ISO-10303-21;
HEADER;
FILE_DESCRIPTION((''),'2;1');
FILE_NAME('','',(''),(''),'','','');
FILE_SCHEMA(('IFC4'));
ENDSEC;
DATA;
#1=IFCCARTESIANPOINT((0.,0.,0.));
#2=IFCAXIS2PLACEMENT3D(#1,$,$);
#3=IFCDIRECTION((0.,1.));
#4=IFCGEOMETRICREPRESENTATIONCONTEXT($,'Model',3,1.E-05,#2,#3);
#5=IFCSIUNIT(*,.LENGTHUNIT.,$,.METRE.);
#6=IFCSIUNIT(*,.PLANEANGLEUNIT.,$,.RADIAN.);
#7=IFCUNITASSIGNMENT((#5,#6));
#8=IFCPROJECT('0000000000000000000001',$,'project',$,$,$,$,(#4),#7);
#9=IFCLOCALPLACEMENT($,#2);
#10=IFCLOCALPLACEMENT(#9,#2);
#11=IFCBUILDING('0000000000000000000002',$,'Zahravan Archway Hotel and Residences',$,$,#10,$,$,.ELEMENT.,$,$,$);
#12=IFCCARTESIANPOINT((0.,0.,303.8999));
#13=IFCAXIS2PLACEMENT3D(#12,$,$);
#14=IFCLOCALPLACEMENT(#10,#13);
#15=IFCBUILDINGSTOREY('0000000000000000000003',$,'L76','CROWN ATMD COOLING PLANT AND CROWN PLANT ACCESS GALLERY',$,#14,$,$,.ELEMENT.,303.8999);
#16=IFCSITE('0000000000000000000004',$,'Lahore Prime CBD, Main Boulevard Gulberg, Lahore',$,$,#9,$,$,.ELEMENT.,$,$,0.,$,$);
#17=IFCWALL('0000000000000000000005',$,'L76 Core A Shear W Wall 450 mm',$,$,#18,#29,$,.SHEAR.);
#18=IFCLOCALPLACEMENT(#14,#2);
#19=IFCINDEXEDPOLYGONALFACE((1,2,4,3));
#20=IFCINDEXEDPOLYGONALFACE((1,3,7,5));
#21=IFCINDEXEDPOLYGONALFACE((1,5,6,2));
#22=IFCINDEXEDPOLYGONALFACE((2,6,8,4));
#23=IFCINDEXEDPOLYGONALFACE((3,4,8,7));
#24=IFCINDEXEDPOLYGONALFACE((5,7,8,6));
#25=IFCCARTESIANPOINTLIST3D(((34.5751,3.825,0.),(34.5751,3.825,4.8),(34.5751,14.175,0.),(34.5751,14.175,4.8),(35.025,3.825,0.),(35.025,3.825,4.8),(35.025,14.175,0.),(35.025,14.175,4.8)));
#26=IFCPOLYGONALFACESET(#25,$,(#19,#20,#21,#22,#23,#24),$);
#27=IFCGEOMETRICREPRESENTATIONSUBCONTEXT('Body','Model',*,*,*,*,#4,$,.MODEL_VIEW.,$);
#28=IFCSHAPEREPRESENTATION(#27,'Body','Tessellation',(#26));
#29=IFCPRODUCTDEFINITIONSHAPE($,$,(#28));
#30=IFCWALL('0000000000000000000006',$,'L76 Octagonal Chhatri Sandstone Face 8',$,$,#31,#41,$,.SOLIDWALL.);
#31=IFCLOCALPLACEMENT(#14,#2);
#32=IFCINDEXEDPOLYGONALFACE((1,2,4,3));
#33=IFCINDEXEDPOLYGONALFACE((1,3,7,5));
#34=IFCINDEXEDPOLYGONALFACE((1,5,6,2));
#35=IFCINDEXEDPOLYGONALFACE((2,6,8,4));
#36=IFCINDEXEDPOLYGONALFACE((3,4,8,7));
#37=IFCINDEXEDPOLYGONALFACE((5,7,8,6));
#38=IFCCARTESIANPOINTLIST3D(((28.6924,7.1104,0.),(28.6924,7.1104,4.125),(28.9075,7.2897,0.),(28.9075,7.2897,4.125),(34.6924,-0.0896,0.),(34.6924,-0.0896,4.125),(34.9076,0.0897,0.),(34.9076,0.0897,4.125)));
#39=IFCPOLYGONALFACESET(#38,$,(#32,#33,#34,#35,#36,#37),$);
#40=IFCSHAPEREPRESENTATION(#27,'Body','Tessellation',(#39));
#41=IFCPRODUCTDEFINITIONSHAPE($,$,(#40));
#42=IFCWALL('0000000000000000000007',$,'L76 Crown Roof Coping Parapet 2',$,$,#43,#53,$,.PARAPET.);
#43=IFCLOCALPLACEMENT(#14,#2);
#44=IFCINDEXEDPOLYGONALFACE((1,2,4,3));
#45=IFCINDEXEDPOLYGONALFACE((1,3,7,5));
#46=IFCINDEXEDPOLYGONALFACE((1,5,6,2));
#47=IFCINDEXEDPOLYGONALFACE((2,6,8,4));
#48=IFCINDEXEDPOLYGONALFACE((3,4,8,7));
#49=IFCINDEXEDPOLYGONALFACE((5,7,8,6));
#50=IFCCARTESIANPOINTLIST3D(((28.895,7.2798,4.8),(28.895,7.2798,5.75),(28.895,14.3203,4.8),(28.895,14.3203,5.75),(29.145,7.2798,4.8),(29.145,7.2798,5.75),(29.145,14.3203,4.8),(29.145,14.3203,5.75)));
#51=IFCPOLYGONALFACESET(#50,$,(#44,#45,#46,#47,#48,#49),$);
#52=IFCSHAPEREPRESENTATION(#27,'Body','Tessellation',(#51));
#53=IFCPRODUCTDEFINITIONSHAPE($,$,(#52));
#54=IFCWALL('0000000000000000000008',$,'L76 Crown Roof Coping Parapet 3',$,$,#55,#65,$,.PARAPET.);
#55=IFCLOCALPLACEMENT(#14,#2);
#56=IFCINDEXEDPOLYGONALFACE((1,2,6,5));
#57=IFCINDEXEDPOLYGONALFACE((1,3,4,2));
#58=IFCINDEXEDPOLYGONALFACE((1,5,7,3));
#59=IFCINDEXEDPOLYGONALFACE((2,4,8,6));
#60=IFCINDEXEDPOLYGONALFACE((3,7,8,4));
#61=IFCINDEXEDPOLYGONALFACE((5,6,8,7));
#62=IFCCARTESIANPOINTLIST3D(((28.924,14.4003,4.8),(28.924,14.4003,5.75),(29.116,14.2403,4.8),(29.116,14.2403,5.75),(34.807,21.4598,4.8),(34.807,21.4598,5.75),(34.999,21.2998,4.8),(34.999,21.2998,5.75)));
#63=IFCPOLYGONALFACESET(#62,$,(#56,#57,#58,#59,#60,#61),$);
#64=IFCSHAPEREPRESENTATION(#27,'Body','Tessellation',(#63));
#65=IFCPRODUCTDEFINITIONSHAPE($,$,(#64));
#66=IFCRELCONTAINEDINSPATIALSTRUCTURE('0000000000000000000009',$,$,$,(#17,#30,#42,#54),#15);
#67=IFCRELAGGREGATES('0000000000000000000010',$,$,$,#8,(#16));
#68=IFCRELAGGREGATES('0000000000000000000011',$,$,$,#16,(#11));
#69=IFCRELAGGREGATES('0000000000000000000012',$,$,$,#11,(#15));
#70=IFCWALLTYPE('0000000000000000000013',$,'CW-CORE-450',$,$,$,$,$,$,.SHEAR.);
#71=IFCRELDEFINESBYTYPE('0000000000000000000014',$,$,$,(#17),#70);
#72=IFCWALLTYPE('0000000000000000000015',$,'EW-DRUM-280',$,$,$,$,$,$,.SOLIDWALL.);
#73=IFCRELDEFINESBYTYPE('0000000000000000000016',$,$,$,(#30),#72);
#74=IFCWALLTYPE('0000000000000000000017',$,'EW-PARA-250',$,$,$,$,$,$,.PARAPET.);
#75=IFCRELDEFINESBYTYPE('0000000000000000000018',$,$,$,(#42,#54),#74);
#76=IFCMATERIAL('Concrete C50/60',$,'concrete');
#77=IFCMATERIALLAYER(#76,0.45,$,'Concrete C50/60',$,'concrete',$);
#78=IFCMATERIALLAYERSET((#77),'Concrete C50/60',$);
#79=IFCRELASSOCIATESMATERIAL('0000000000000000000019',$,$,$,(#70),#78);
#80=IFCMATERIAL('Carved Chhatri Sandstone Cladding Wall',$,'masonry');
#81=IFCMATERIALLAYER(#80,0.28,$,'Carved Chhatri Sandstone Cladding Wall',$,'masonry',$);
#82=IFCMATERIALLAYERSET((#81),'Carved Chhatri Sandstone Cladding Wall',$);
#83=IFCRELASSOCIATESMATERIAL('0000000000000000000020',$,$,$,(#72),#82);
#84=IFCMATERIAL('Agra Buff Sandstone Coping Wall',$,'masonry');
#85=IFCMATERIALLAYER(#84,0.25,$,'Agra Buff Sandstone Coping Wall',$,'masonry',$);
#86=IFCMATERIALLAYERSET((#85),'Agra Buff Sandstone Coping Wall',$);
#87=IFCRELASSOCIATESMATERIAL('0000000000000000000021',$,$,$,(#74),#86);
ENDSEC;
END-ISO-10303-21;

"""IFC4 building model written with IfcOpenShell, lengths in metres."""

from ifc_helpers import new_model, si_unit, direction, frame, frame_2d, origin, place, context, subcontext, project, spatial, rectangle, extrude, material, layer, layer_set, type_object, element, save


model = new_model("IFC4")

# Units and contexts
model_context = context("Model", 3, precision=1e-05, world=origin(), true_north=direction((0.0, 1.0)))
body_context = subcontext(model_context, "Body", "Model", "MODEL_VIEW")
ifc_project = project(units=[si_unit("LENGTHUNIT", "METRE"), si_unit("PLANEANGLEUNIT", "RADIAN")], contexts=[model_context])

# Site, building, storey
site_placement = place(None, origin())
site = spatial("IfcSite", under=ifc_project, at=site_placement, Name="Lahore Prime CBD, Main Boulevard Gulberg, Lahore", CompositionType="ELEMENT", RefElevation=0.0)
building_placement = place(site_placement, origin())
building = spatial("IfcBuilding", under=site, at=building_placement, Name="Zahravan Archway Hotel and Residences", CompositionType="ELEMENT")
storey_placement = place(building_placement, frame((0.0, 0.0, 303.8999)))
storey = spatial("IfcBuildingStorey", under=building, at=storey_placement, Name="L76", Description="CROWN ATMD COOLING PLANT AND CROWN PLANT ACCESS GALLERY", CompositionType="ELEMENT", Elevation=303.8999)

# Shared definitions
ifc_material_1 = material(Name="Concrete C50/60", Category="concrete")
ifc_layer_1 = layer(ifc_material_1, 0.45, Name="Concrete C50/60", Category="concrete")
ifc_layer_set_1 = layer_set([ifc_layer_1], Name="Concrete C50/60")
wall_type_1 = type_object("IfcWallType", Name="CW-CORE-450", PredefinedType="SHEAR", material=ifc_layer_set_1)

# Walls
wall_1_placement = place(storey_placement, frame((34.8, 3.825, 0.0), z_axis=(0.0, 0.0, 1.0), x_axis=(0.0, 1.0, 0.0)))
element("IfcWall", 1, at=wall_1_placement, inside=storey, type_object=wall_type_1, Name="L76 Core A Shear W Wall 450 mm", PredefinedType="SHEAR", context=body_context, shape_type="SweptSolid", body=[
    extrude(rectangle(XDim=10.3501, YDim=0.45, at=frame_2d((5.175, 0.0))), origin(), (0.0, 0.0, 1.0), 4.8),
])
ifc_material_2 = material(Name="Carved Chhatri Sandstone Cladding Wall", Category="masonry")
ifc_layer_2 = layer(ifc_material_2, 0.28, Name="Carved Chhatri Sandstone Cladding Wall", Category="masonry")
ifc_layer_set_2 = layer_set([ifc_layer_2], Name="Carved Chhatri Sandstone Cladding Wall")
wall_type_2 = type_object("IfcWallType", Name="EW-DRUM-280", PredefinedType="SOLIDWALL", material=ifc_layer_set_2)
wall_2_placement = place(storey_placement, frame((28.8, 7.2, 0.0), z_axis=(0.0, 0.0, 1.0), x_axis=(0.640187, -0.768219, 0.0)))
element("IfcWall", 2, at=wall_2_placement, inside=storey, type_object=wall_type_2, Name="L76 Octagonal Chhatri Sandstone Face 8", PredefinedType="SOLIDWALL", context=body_context, shape_type="SweptSolid", body=[
    extrude(rectangle(XDim=9.3723, YDim=0.28, at=frame_2d((4.686, 0.0))), origin(), (0.0, 0.0, 1.0), 4.125),
])
ifc_material_3 = material(Name="Agra Buff Sandstone Coping Wall", Category="masonry")
ifc_layer_3 = layer(ifc_material_3, 0.25, Name="Agra Buff Sandstone Coping Wall", Category="masonry")
ifc_layer_set_3 = layer_set([ifc_layer_3], Name="Agra Buff Sandstone Coping Wall")
wall_type_3 = type_object("IfcWallType", Name="EW-PARA-250", PredefinedType="PARAPET", material=ifc_layer_set_3)
wall_3_placement = place(storey_placement, frame((29.02, 7.2798, 4.8), z_axis=(0.0, 0.0, 1.0), x_axis=(0.0, 1.0, 0.0)))
element("IfcWall", 3, at=wall_3_placement, inside=storey, type_object=wall_type_3, Name="L76 Crown Roof Coping Parapet 2", PredefinedType="PARAPET", context=body_context, shape_type="SweptSolid", body=[
    extrude(rectangle(XDim=7.0405, YDim=0.25, at=frame_2d((3.5203, 0.0))), origin(), (0.0, 0.0, 1.0), 0.95),
])
wall_4_placement = place(storey_placement, frame((29.02, 14.3203, 4.8), z_axis=(0.0, 0.0, 1.0), x_axis=(0.64019, 0.768217, 0.0)))
element("IfcWall", 4, at=wall_4_placement, inside=storey, type_object=wall_type_3, Name="L76 Crown Roof Coping Parapet 3", PredefinedType="PARAPET", context=body_context, shape_type="SweptSolid", body=[
    extrude(rectangle(XDim=9.1895, YDim=0.25, at=frame_2d((4.5947, 0.0))), origin(), (0.0, 0.0, 1.0), 0.95),
])

save(model, "model.ifc")
